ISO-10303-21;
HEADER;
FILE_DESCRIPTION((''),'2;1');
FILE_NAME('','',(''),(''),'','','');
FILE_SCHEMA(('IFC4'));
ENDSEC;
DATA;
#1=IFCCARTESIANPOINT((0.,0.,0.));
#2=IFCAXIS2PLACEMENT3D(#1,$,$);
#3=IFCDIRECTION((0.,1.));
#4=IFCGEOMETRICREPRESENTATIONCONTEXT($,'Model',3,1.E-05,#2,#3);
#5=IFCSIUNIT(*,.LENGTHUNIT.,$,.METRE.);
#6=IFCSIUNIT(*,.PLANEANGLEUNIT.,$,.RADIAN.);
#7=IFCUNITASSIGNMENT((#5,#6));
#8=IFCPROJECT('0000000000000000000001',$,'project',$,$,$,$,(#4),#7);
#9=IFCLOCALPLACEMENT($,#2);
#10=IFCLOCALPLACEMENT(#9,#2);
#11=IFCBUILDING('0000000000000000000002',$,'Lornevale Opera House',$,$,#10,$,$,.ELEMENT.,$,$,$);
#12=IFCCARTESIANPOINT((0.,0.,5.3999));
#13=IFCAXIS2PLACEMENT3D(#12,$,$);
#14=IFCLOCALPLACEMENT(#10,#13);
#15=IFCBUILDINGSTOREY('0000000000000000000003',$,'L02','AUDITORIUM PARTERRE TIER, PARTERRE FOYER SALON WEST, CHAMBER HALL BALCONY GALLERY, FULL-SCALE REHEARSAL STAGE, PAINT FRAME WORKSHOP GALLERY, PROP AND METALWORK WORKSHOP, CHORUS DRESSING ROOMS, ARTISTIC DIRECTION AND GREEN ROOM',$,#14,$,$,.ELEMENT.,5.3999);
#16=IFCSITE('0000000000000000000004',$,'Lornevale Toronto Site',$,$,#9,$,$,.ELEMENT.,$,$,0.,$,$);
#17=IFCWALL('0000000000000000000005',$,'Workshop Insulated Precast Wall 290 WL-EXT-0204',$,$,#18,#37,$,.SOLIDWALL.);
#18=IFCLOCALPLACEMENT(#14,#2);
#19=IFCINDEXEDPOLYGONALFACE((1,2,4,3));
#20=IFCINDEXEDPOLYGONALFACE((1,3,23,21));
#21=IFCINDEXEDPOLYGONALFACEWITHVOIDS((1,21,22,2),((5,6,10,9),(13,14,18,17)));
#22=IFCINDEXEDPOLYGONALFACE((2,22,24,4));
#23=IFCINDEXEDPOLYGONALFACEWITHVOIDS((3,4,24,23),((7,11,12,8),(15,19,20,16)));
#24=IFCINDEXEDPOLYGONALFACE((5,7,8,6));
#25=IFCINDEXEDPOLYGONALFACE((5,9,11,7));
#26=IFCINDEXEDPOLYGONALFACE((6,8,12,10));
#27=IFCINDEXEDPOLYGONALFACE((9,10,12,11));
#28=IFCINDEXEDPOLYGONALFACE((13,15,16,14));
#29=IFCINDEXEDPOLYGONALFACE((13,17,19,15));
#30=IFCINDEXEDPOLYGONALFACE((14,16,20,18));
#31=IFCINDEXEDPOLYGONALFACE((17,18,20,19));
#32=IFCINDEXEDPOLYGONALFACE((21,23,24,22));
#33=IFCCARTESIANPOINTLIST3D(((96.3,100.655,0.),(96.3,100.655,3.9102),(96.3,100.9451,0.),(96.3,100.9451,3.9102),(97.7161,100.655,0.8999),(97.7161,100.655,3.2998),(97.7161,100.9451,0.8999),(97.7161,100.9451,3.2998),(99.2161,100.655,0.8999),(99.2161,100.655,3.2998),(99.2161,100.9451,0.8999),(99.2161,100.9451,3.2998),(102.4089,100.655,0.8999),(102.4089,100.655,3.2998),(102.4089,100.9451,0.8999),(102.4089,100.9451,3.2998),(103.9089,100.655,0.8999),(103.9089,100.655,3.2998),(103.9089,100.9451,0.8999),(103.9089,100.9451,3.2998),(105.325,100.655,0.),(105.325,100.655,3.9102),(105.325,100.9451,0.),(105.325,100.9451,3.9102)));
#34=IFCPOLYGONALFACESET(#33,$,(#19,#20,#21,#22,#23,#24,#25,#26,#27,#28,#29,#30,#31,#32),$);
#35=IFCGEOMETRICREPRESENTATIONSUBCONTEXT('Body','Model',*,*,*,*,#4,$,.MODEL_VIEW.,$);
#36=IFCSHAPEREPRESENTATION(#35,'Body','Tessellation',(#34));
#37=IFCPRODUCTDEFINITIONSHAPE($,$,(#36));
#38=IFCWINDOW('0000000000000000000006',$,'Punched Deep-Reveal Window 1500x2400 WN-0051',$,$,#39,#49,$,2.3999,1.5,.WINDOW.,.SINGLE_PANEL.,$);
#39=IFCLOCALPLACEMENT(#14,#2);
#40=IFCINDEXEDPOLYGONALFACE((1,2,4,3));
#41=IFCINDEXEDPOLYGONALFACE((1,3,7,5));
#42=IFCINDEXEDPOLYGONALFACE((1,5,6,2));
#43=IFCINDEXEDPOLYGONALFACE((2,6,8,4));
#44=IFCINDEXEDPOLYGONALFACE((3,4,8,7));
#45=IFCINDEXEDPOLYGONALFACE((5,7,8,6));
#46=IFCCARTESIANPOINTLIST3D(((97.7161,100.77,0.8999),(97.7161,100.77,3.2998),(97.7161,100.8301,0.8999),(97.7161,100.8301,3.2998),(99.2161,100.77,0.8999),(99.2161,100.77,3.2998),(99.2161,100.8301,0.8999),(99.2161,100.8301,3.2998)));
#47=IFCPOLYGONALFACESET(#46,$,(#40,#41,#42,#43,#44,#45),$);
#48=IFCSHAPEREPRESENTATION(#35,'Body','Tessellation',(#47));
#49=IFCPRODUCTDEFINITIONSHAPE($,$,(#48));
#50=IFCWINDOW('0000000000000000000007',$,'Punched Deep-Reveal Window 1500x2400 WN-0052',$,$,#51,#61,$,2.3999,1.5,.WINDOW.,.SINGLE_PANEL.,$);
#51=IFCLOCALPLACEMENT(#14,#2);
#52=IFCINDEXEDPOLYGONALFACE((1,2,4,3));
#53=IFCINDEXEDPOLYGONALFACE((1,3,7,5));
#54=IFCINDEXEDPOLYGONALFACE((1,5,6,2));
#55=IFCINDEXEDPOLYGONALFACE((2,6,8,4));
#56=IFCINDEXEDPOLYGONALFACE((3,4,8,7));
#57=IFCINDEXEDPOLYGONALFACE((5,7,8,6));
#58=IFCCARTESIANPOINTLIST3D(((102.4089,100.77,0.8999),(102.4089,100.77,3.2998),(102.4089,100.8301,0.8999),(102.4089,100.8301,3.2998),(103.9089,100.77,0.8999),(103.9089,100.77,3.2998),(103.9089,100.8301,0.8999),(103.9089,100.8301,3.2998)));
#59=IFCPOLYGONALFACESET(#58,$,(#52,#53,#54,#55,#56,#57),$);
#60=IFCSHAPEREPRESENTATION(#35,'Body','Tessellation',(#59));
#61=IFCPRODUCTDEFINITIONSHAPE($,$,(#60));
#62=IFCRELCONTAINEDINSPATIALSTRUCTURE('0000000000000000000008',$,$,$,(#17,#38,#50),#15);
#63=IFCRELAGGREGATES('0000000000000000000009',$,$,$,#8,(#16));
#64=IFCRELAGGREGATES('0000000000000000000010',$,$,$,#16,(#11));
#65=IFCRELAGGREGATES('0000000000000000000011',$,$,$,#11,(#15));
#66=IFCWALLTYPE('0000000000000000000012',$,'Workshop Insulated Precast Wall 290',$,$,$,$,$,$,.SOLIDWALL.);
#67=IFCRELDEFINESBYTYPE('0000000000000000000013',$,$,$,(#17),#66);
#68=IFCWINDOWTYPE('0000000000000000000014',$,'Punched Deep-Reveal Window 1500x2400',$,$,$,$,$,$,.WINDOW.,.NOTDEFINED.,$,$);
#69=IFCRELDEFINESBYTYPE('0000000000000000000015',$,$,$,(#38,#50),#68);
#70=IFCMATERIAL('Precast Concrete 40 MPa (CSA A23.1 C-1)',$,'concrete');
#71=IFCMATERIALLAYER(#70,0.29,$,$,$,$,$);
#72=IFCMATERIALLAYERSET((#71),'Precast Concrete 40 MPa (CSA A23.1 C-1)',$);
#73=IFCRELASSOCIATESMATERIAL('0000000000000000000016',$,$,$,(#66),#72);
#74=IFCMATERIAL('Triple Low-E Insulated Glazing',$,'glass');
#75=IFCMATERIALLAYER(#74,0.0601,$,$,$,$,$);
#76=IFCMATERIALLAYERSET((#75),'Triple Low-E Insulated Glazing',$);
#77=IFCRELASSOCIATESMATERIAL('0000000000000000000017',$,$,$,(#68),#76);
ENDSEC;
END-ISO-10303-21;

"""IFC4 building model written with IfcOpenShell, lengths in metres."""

from ifc_helpers import new_model, si_unit, direction, frame, frame_2d, origin, place, context, subcontext, project, spatial, rectangle, extrude, material, layer, layer_set, type_object, element, fill, save


model = new_model("IFC4")

# Units and contexts
model_context = context("Model", 3, precision=1e-05, world=origin(), true_north=direction((0.0, 1.0)))
body_context = subcontext(model_context, "Body", "Model", "MODEL_VIEW")
ifc_project = project(units=[si_unit("LENGTHUNIT", "METRE"), si_unit("PLANEANGLEUNIT", "RADIAN")], contexts=[model_context])

# Site, building, storey
site_placement = place(None, origin())
site = spatial("IfcSite", under=ifc_project, at=site_placement, Name="Lornevale Toronto Site", CompositionType="ELEMENT", RefElevation=0.0)
building_placement = place(site_placement, origin())
building = spatial("IfcBuilding", under=site, at=building_placement, Name="Lornevale Opera House", CompositionType="ELEMENT")
storey_placement = place(building_placement, frame((0.0, 0.0, 5.3999)))
storey = spatial("IfcBuildingStorey", under=building, at=storey_placement, Name="L02", Description="AUDITORIUM PARTERRE TIER, PARTERRE FOYER SALON WEST, CHAMBER HALL BALCONY GALLERY, FULL-SCALE REHEARSAL STAGE, PAINT FRAME WORKSHOP GALLERY, PROP AND METALWORK WORKSHOP, CHORUS DRESSING ROOMS, ARTISTIC DIRECTION AND GREEN ROOM", CompositionType="ELEMENT", Elevation=5.3999)

# Shared definitions
ifc_material_1 = material(Name="Precast Concrete 40 MPa (CSA A23.1 C-1)", Category="concrete")
ifc_layer_1 = layer(ifc_material_1, 0.29)
ifc_layer_set_1 = layer_set([ifc_layer_1], Name="Precast Concrete 40 MPa (CSA A23.1 C-1)")
wall_type_1 = type_object("IfcWallType", Name="Workshop Insulated Precast Wall 290", PredefinedType="SOLIDWALL", material=ifc_layer_set_1)
ifc_material_2 = material(Name="Triple Low-E Insulated Glazing", Category="glass")

# Wall, openings, windows
wall_1_placement = place(storey_placement, frame((96.3, 100.8, 0.0), z_axis=(0.0, 0.0, 1.0), x_axis=(1.0, 0.0, 0.0)))
wall_1 = element("IfcWall", 1, at=wall_1_placement, inside=storey, type_object=wall_type_1, Name="Workshop Insulated Precast Wall 290 WL-EXT-0204", PredefinedType="SOLIDWALL", context=body_context, shape_type="SweptSolid", body=[
    extrude(rectangle(XDim=9.0249, YDim=0.29, at=frame_2d((4.5125, 0.0))), origin(), (0.0, 0.0, 1.0), 3.9102),
])
opening_1_placement = place(wall_1_placement, frame((1.416, 0.0, 0.8999)))
opening_1 = element("IfcOpeningElement", 2, at=opening_1_placement, cuts=wall_1, PredefinedType="OPENING", context=body_context, shape_type="SweptSolid", body=[
    extrude(rectangle(XDim=1.5, YDim=2.3999, at=frame_2d((0.75, 1.2))), frame((0.0, 0.155, 0.0), z_axis=(0.0, -1.0, 0.0), x_axis=(1.0, 0.0, 0.0)), (0.0, 0.0, 1.0), 0.3101),
])
opening_2_placement = place(wall_1_placement, frame((6.1089, 0.0, 0.8999)))
opening_2 = element("IfcOpeningElement", 3, at=opening_2_placement, cuts=wall_1, PredefinedType="OPENING", context=body_context, shape_type="SweptSolid", body=[
    extrude(rectangle(XDim=1.5, YDim=2.3999, at=frame_2d((0.75, 1.2))), frame((0.0, 0.155, 0.0), z_axis=(0.0, -1.0, 0.0), x_axis=(1.0, 0.0, 0.0)), (0.0, 0.0, 1.0), 0.3101),
])
ifc_layer_2 = layer(ifc_material_2, 0.0601)
ifc_layer_set_2 = layer_set([ifc_layer_2], Name="Triple Low-E Insulated Glazing")
window_type_1 = type_object("IfcWindowType", Name="Punched Deep-Reveal Window 1500x2400", PartitioningType="NOTDEFINED", PredefinedType="WINDOW", material=ifc_layer_set_2)
window_1_placement = place(opening_1_placement, origin())
window_1 = element("IfcWindow", 4, at=window_1_placement, inside=storey, type_object=window_type_1, Name="Punched Deep-Reveal Window 1500x2400 WN-0051", OverallHeight=2.3999, OverallWidth=1.5, PartitioningType="SINGLE_PANEL", PredefinedType="WINDOW", context=body_context, shape_type="SweptSolid", body=[
    extrude(rectangle(XDim=1.5, YDim=2.3999, at=frame_2d((0.75, 1.2))), frame((0.0, 0.03, 0.0), z_axis=(0.0, -1.0, 0.0), x_axis=(1.0, 0.0, 0.0)), (0.0, 0.0, 1.0), 0.0601),
])
fill(opening_1, window_1)
window_2_placement = place(opening_2_placement, origin())
window_2 = element("IfcWindow", 5, at=window_2_placement, inside=storey, type_object=window_type_1, Name="Punched Deep-Reveal Window 1500x2400 WN-0052", OverallHeight=2.3999, OverallWidth=1.5, PartitioningType="SINGLE_PANEL", PredefinedType="WINDOW", context=body_context, shape_type="SweptSolid", body=[
    extrude(rectangle(XDim=1.5, YDim=2.3999, at=frame_2d((0.75, 1.2))), frame((0.0, 0.03, 0.0), z_axis=(0.0, -1.0, 0.0), x_axis=(1.0, 0.0, 0.0)), (0.0, 0.0, 1.0), 0.0601),
])
fill(opening_2, window_2)

save(model, "model.ifc")
